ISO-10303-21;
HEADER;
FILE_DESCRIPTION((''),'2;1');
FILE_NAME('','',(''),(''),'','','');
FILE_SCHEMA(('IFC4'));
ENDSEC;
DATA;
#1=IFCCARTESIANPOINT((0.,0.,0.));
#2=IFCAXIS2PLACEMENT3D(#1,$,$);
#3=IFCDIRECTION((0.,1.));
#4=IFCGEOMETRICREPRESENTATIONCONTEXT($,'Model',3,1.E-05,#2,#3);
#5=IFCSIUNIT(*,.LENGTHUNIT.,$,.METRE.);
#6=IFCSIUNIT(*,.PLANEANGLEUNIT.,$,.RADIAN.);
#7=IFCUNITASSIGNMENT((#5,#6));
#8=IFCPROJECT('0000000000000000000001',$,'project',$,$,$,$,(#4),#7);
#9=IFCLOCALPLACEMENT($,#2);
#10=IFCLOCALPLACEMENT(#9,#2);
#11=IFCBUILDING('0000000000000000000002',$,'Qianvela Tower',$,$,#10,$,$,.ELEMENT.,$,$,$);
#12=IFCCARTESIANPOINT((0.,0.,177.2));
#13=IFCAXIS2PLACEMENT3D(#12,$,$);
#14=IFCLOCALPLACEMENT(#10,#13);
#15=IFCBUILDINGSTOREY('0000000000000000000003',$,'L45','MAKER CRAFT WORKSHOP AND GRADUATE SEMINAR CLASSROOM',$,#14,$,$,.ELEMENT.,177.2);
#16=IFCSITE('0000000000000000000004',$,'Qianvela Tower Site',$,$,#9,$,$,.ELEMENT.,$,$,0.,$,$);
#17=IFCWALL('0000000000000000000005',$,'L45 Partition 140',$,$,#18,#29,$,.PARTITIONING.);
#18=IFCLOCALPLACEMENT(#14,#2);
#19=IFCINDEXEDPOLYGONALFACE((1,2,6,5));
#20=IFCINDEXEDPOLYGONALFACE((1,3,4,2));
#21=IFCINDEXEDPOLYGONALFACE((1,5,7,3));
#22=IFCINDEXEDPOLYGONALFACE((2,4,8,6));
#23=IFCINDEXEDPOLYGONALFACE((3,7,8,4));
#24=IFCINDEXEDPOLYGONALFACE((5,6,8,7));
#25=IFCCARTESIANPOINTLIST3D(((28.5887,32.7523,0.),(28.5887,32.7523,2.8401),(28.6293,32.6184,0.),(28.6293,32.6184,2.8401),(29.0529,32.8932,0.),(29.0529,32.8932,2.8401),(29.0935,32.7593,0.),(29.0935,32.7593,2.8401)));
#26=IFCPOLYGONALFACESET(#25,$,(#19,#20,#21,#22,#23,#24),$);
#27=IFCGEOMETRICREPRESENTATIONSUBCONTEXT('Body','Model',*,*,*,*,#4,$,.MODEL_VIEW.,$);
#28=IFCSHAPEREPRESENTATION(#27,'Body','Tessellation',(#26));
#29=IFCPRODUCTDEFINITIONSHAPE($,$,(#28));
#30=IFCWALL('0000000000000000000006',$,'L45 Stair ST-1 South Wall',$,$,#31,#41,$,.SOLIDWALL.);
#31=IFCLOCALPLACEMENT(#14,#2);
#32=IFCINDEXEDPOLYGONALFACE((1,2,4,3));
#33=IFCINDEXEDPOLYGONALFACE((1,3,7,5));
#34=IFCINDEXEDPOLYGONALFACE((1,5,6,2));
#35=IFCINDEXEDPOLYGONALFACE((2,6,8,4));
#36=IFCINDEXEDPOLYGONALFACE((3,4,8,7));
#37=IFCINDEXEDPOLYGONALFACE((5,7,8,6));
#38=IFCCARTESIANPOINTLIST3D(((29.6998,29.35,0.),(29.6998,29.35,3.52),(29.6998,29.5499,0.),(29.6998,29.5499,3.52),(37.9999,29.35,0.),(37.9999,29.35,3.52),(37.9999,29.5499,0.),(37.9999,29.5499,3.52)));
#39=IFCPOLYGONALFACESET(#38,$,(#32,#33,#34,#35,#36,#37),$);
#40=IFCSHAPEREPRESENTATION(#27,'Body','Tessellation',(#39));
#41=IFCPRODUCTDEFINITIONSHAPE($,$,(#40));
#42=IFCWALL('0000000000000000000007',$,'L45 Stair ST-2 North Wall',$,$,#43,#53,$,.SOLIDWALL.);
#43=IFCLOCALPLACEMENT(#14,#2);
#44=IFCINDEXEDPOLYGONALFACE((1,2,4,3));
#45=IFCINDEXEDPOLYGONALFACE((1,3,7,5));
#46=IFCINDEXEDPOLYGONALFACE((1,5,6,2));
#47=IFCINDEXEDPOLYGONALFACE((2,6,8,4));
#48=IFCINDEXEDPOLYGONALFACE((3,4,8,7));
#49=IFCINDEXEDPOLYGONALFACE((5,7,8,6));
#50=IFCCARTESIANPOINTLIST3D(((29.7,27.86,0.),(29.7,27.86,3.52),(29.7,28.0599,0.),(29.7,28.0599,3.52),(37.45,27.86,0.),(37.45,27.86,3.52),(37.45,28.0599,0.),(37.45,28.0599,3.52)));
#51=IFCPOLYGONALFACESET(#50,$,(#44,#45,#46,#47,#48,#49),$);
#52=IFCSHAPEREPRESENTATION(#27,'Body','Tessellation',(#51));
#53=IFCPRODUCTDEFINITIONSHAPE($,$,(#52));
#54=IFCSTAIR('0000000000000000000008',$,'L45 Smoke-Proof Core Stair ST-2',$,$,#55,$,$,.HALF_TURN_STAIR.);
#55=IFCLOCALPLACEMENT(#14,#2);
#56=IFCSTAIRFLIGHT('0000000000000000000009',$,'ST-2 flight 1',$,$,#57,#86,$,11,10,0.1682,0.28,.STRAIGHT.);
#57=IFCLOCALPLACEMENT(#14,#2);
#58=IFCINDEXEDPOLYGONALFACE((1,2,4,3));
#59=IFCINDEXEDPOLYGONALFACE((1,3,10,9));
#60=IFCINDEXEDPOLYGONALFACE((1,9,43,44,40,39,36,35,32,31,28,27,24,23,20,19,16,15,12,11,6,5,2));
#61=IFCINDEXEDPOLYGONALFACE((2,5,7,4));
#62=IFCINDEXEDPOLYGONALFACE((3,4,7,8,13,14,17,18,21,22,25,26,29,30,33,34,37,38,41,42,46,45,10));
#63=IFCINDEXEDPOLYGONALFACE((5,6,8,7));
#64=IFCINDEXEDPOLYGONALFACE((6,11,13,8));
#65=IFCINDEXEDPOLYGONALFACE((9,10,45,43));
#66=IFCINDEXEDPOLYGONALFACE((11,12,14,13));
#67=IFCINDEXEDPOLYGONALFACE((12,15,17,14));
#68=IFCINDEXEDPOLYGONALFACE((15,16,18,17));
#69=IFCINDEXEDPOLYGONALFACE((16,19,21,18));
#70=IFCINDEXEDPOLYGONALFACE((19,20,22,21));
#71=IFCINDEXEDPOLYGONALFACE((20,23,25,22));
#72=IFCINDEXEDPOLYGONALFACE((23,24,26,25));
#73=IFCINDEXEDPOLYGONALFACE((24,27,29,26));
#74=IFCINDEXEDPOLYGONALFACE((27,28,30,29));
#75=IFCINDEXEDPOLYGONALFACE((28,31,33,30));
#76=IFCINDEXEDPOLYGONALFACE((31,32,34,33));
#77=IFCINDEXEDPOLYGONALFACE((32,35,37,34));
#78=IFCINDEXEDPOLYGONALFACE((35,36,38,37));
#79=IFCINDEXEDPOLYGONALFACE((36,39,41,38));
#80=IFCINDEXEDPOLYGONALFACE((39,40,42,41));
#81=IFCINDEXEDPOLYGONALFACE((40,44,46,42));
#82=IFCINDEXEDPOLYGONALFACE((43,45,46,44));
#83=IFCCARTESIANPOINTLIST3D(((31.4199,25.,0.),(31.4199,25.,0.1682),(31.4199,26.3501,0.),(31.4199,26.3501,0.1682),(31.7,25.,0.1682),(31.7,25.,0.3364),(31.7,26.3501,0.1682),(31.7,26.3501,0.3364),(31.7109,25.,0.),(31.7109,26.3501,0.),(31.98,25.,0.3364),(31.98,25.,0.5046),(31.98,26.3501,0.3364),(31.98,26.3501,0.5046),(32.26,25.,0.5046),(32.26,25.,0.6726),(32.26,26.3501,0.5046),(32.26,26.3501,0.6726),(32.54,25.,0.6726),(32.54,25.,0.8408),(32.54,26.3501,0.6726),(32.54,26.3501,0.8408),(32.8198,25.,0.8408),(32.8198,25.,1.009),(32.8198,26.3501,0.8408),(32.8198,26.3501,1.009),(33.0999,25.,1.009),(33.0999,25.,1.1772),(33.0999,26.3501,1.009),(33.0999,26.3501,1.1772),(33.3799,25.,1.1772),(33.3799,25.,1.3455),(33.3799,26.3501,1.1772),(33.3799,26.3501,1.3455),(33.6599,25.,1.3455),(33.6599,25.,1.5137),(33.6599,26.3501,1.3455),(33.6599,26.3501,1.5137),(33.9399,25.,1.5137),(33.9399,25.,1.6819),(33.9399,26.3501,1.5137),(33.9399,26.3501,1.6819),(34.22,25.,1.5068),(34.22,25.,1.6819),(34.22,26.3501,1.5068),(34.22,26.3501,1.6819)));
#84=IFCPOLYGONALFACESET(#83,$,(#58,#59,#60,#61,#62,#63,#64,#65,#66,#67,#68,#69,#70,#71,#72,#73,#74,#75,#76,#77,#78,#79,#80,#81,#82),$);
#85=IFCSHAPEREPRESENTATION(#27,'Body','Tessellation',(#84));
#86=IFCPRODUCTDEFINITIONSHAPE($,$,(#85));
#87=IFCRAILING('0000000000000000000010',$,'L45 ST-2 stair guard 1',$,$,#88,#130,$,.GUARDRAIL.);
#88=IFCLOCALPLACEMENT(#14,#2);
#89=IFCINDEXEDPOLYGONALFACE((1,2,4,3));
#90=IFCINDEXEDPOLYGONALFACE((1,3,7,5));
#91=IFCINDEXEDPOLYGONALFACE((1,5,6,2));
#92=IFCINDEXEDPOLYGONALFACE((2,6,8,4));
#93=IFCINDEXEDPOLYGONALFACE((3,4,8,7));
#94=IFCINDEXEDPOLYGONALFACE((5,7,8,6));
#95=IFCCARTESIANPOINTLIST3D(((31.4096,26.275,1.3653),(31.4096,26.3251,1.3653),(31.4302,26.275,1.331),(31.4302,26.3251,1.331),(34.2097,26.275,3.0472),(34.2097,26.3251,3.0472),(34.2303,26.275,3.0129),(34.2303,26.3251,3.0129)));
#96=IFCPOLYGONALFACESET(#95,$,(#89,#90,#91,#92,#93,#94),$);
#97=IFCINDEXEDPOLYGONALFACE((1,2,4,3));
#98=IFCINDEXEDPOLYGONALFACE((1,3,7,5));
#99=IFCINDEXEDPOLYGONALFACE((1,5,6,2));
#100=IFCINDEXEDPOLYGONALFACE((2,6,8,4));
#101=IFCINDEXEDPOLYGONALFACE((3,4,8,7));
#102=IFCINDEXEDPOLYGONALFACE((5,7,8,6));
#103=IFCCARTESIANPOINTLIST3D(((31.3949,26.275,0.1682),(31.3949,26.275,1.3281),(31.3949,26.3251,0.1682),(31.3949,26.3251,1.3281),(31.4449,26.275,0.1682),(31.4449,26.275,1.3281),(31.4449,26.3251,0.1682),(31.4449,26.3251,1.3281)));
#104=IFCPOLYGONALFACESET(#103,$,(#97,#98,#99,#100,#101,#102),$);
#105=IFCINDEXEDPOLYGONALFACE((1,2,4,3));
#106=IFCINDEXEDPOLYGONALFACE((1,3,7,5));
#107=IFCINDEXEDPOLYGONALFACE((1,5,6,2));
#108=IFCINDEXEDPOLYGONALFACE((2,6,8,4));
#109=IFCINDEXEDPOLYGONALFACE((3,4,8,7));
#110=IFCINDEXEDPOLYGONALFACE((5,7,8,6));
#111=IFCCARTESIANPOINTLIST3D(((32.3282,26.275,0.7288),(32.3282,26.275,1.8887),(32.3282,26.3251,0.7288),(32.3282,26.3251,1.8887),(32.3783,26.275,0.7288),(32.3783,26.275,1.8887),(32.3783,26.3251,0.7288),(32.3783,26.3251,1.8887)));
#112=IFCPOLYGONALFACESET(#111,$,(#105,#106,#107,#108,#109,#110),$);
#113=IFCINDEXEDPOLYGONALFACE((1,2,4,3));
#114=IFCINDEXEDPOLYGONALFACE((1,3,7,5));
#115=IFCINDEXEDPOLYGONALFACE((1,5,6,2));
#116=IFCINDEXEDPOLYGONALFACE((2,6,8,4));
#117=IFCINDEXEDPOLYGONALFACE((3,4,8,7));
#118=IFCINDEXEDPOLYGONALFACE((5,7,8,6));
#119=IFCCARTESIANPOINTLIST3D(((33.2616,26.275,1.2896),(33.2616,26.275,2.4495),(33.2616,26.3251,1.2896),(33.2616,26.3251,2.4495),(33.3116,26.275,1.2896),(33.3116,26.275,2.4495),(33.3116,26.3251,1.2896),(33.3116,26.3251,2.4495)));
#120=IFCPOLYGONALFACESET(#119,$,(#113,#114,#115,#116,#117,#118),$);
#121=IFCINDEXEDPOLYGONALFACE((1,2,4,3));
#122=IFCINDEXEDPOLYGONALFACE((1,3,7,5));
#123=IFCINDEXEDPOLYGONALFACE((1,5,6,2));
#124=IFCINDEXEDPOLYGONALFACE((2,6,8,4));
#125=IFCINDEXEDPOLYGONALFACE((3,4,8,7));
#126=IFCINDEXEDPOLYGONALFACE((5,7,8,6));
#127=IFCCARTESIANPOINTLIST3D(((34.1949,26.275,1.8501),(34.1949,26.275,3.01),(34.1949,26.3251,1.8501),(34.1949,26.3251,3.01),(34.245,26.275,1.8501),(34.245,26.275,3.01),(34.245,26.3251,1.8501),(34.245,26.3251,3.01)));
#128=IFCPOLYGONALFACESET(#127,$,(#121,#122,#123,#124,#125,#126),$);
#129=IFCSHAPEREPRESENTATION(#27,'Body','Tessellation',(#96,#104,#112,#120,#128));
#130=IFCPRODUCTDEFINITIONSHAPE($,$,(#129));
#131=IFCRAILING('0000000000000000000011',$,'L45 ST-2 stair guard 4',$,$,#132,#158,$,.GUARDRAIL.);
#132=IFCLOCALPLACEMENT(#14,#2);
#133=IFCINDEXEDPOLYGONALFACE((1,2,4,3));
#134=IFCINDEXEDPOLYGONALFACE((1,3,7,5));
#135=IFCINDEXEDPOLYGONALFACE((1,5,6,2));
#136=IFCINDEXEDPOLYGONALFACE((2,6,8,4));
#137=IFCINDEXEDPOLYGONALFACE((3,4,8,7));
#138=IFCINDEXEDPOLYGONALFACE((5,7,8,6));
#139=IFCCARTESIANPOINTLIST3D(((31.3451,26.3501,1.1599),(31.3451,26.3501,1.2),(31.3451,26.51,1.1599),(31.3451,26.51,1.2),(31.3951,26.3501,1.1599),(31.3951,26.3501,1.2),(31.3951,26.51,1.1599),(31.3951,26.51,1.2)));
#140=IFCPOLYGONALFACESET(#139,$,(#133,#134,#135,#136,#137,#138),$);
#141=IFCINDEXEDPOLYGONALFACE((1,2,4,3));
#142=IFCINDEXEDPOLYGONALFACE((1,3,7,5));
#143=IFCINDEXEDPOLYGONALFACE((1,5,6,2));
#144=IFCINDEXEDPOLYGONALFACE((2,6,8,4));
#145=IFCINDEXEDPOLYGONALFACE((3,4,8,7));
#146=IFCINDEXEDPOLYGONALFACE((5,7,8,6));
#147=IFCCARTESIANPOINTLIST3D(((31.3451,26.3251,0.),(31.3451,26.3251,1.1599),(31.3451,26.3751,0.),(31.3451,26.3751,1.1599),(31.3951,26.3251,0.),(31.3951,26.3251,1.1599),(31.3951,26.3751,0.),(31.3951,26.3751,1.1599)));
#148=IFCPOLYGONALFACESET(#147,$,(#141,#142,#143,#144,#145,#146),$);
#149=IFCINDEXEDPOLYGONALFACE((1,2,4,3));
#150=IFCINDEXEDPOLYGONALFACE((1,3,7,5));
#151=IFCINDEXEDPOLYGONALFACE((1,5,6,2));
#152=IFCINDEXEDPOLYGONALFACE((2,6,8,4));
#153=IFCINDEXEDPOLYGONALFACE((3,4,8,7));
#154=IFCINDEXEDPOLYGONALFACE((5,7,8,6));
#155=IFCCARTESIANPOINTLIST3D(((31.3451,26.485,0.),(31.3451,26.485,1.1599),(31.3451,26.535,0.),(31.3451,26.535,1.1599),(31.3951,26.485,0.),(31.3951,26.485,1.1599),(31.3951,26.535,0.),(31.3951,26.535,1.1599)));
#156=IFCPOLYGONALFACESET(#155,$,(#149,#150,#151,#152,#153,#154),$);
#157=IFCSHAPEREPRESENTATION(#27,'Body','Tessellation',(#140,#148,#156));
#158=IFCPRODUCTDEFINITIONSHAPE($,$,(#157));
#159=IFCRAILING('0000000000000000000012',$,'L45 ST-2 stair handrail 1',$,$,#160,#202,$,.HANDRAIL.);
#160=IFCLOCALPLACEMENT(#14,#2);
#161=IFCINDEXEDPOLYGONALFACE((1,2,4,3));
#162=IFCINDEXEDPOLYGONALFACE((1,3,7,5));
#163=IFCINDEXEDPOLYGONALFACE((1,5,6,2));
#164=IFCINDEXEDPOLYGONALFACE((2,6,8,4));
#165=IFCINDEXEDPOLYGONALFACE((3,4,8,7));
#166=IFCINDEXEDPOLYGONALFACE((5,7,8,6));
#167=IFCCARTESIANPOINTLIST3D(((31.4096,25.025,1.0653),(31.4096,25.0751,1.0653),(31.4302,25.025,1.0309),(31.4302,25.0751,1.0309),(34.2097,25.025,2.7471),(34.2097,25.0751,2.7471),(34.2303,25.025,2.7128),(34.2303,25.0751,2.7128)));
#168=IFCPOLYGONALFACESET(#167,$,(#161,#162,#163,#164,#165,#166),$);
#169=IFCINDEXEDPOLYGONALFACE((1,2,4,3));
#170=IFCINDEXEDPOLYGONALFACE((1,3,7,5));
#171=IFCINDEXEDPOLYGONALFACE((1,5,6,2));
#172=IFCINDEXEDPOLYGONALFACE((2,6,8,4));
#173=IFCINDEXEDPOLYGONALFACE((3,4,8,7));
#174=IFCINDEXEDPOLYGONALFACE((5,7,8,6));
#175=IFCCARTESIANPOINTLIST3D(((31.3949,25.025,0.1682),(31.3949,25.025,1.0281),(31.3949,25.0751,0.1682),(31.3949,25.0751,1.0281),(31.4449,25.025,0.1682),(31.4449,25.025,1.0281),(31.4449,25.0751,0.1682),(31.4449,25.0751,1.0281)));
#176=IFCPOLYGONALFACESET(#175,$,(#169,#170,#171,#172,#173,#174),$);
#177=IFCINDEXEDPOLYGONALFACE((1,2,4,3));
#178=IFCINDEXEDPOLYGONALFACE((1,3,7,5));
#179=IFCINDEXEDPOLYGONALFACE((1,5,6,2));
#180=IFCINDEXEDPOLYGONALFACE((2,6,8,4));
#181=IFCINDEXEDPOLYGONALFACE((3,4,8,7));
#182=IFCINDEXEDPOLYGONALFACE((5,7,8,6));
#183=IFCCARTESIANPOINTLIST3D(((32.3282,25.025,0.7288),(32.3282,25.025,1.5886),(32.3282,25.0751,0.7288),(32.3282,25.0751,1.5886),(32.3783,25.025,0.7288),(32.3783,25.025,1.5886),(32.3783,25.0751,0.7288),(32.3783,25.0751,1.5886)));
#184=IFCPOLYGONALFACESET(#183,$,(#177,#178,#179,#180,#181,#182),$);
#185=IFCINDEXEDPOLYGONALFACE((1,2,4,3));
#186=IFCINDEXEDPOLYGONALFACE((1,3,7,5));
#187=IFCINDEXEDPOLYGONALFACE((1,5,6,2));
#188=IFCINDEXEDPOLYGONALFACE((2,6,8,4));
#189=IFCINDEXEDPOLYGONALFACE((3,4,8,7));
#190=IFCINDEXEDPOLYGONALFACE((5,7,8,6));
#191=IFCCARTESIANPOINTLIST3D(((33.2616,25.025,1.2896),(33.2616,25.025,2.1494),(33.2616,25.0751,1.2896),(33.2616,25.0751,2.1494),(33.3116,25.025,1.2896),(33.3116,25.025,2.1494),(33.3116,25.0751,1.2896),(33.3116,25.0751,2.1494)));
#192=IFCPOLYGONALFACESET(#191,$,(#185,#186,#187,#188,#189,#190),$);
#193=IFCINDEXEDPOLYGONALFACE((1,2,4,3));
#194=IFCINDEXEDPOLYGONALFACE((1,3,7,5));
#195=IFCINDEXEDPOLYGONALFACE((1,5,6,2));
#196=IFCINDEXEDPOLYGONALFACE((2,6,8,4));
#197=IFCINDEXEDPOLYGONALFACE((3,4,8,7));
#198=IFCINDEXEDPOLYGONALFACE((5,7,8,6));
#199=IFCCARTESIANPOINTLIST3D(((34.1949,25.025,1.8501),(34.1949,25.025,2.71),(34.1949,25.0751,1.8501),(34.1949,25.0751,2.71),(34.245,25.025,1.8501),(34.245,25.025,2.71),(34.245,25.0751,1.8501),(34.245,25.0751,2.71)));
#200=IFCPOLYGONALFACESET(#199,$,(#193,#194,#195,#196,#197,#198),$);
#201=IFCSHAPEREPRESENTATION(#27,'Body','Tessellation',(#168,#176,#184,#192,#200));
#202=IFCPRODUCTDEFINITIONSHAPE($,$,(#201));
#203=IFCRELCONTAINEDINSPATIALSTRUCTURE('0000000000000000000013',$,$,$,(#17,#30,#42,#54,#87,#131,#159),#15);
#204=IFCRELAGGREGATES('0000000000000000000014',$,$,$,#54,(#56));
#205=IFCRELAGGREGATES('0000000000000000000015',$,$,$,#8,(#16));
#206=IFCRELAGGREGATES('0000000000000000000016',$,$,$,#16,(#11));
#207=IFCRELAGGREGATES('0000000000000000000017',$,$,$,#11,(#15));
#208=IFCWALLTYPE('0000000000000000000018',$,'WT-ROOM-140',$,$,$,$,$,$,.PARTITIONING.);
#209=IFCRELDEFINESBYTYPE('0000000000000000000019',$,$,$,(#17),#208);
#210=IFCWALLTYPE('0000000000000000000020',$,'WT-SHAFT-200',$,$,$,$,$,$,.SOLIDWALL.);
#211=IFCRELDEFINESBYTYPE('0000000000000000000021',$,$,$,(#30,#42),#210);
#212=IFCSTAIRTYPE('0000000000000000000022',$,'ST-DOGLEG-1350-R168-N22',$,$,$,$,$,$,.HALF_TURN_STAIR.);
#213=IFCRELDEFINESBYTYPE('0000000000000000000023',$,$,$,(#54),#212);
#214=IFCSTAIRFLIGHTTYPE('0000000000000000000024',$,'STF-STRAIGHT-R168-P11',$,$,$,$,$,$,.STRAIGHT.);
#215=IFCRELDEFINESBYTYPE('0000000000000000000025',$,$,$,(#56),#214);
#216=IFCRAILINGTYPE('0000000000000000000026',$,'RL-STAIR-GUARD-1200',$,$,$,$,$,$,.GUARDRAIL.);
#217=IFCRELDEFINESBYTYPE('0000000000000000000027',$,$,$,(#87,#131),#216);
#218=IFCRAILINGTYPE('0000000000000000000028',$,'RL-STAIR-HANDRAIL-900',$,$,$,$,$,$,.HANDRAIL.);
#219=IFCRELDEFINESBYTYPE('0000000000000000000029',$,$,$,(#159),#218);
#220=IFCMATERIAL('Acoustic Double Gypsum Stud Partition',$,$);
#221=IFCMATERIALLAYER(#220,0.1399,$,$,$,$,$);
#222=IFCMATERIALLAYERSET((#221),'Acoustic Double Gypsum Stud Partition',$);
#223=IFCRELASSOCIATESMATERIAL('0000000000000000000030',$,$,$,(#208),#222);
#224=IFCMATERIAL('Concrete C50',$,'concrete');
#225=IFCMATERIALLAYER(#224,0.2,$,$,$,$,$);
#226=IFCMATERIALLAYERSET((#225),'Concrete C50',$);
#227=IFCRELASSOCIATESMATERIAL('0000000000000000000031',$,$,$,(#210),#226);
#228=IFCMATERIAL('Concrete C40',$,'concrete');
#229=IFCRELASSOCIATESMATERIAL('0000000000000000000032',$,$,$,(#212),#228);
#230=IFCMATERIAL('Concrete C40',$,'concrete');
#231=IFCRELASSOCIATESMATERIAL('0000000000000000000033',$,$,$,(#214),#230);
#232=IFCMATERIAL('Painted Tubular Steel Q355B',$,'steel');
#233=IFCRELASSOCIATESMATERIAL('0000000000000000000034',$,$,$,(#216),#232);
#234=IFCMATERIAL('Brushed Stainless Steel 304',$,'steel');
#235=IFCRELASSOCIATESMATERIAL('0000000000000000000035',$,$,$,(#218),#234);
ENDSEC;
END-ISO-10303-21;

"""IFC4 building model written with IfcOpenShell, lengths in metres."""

from ifc_helpers import new_model, si_unit, direction, frame, frame_2d, origin, origin_2d, place, context, subcontext, project, spatial, polyline, rectangle, outline, extrude, material, layer, layer_set, type_object, element, aggregate, save


model = new_model("IFC4")

# Units and contexts
model_context = context("Model", 3, precision=1e-05, world=origin(), true_north=direction((0.0, 1.0)))
body_context = subcontext(model_context, "Body", "Model", "MODEL_VIEW")
ifc_project = project(units=[si_unit("LENGTHUNIT", "METRE"), si_unit("PLANEANGLEUNIT", "RADIAN")], contexts=[model_context])

# Site, building, storey
site_placement = place(None, origin())
site = spatial("IfcSite", under=ifc_project, at=site_placement, Name="Qianvela Tower Site", CompositionType="ELEMENT", RefElevation=0.0)
building_placement = place(site_placement, origin())
building = spatial("IfcBuilding", under=site, at=building_placement, Name="Qianvela Tower", CompositionType="ELEMENT")
storey_placement = place(building_placement, frame((0.0, 0.0, 177.2)))
storey = spatial("IfcBuildingStorey", under=building, at=storey_placement, Name="L45", Description="MAKER CRAFT WORKSHOP AND GRADUATE SEMINAR CLASSROOM", CompositionType="ELEMENT", Elevation=177.2)

# Walls
ifc_material_1 = material(Name="Acoustic Double Gypsum Stud Partition")
ifc_layer_1 = layer(ifc_material_1, 0.1399)
ifc_layer_set_1 = layer_set([ifc_layer_1], Name="Acoustic Double Gypsum Stud Partition")
wall_type_1 = type_object("IfcWallType", Name="WT-ROOM-140", PredefinedType="PARTITIONING", material=ifc_layer_set_1)
wall_1_placement = place(storey_placement, frame((28.6089, 32.6853, 0.0), z_axis=(0.0, 0.0, 1.0), x_axis=(0.956893, 0.29044, 0.0)))
element("IfcWall", 1, at=wall_1_placement, inside=storey, type_object=wall_type_1, Name="L45 Partition 140", PredefinedType="PARTITIONING", context=body_context, shape_type="SweptSolid", body=[
    extrude(rectangle(XDim=0.4851, YDim=0.1399, at=frame_2d((0.2427, 0.0))), origin(), (0.0, 0.0, 1.0), 2.8401),
])
ifc_material_2 = material(Name="Concrete C50", Category="concrete")
ifc_layer_2 = layer(ifc_material_2, 0.2)
ifc_layer_set_2 = layer_set([ifc_layer_2], Name="Concrete C50")
wall_type_2 = type_object("IfcWallType", Name="WT-SHAFT-200", PredefinedType="SOLIDWALL", material=ifc_layer_set_2)
wall_2_placement = place(storey_placement, frame((29.7, 29.45, 0.0), z_axis=(0.0, 0.0, 1.0), x_axis=(1.0, 0.0, 0.0)))
element("IfcWall", 2, at=wall_2_placement, inside=storey, type_object=wall_type_2, Name="L45 Stair ST-1 South Wall", PredefinedType="SOLIDWALL", context=body_context, shape_type="SweptSolid", body=[
    extrude(rectangle(XDim=8.3, YDim=0.2, at=frame_2d((4.1499, 0.0))), origin(), (0.0, 0.0, 1.0), 3.52),
])
wall_3_placement = place(storey_placement, frame((29.7, 27.96, 0.0), z_axis=(0.0, 0.0, 1.0), x_axis=(1.0, 0.0, 0.0)))
element("IfcWall", 3, at=wall_3_placement, inside=storey, type_object=wall_type_2, Name="L45 Stair ST-2 North Wall", PredefinedType="SOLIDWALL", context=body_context, shape_type="SweptSolid", body=[
    extrude(rectangle(XDim=7.75, YDim=0.2, at=frame_2d((3.875, 0.0))), origin(), (0.0, 0.0, 1.0), 3.52),
])

# Stair, stair flight
ifc_material_3 = material(Name="Concrete C40", Category="concrete")
stair_type = type_object("IfcStairType", Name="ST-DOGLEG-1350-R168-N22", PredefinedType="HALF_TURN_STAIR", material=ifc_material_3)
stair_placement = place(storey_placement, origin())
stair = element("IfcStair", 4, at=stair_placement, inside=storey, type_object=stair_type, Name="L45 Smoke-Proof Core Stair ST-2", PredefinedType="HALF_TURN_STAIR")
ifc_material_4 = material(Name="Concrete C40", Category="concrete")
stair_flight_type = type_object("IfcStairFlightType", Name="STF-STRAIGHT-R168-P11", PredefinedType="STRAIGHT", material=ifc_material_4)
stair_flight_placement = place(storey_placement, frame((31.4199, 25.675, 0.0), z_axis=(0.0, 0.0, 1.0), x_axis=(1.0, 0.0, 0.0)))
stair_flight = element("IfcStairFlight", 5, at=stair_flight_placement, type_object=stair_flight_type, Name="ST-2 flight 1", NumberOfRisers=11, NumberOfTreads=10, PredefinedType="STRAIGHT", RiserHeight=0.1682, TreadLength=0.28, context=body_context, shape_type="SweptSolid", body=[
    extrude(outline(polyline([(0.0, 0.0), (0.0, 0.1682), (0.28, 0.1682), (0.28, 0.3364), (0.5601, 0.3364), (0.5601, 0.5046), (0.8401, 0.5046), (0.8401, 0.6726), (1.1201, 0.6726), (1.1201, 0.8408), (1.3999, 0.8408), (1.3999, 1.009), (1.6799, 1.009), (1.6799, 1.1772), (1.96, 1.1772), (1.96, 1.3455), (2.24, 1.3455), (2.24, 1.5137), (2.52, 1.5137), (2.52, 1.6819), (2.8, 1.6819), (2.8, 1.8501), (2.8, 1.5068), (0.291, 0.0), (0.0, 0.0)])), frame((0.0, 0.675, 0.0), z_axis=(0.0, -1.0, 0.0), x_axis=(1.0, 0.0, 0.0)), (0.0, 0.0, 1.0), 1.3501),
])
aggregate(stair, [stair_flight])

# Railings
ifc_material_5 = material(Name="Painted Tubular Steel Q355B", Category="steel")
railing_type_1 = type_object("IfcRailingType", Name="RL-STAIR-GUARD-1200", PredefinedType="GUARDRAIL", material=ifc_material_5)
railing_1_placement = place(storey_placement, frame((31.4199, 26.3, 0.1682)))
element("IfcRailing", 6, at=railing_1_placement, inside=storey, type_object=railing_type_1, Name="L45 ST-2 stair guard 1", PredefinedType="GUARDRAIL", context=body_context, shape_type="SweptSolid", body=[
    extrude(rectangle(XDim=0.05, YDim=0.04, at=origin_2d()), frame((0.0, 0.0, 1.1799), z_axis=(0.857242, 0.0, 0.514913), x_axis=(0.0, 1.0, 0.0)), (0.0, 0.0, 1.0), 3.2664),
    extrude(rectangle(XDim=0.05, YDim=0.05, at=origin_2d()), origin(), (0.0, 0.0, 1.0), 1.1599),
    extrude(rectangle(XDim=0.05, YDim=0.05, at=origin_2d()), frame((0.9333, 0.0, 0.5605)), (0.0, 0.0, 1.0), 1.1599),
    extrude(rectangle(XDim=0.05, YDim=0.05, at=origin_2d()), frame((1.8667, 0.0, 1.1213)), (0.0, 0.0, 1.0), 1.1599),
    extrude(rectangle(XDim=0.05, YDim=0.05, at=origin_2d()), frame((2.8, 0.0, 1.6819)), (0.0, 0.0, 1.0), 1.1599),
])
railing_2_placement = place(storey_placement, frame((31.3701, 26.3501, 0.0)))
element("IfcRailing", 7, at=railing_2_placement, inside=storey, type_object=railing_type_1, Name="L45 ST-2 stair guard 4", PredefinedType="GUARDRAIL", context=body_context, shape_type="SweptSolid", body=[
    extrude(rectangle(XDim=0.05, YDim=0.04, at=origin_2d()), frame((0.0, 0.0, 1.1799), z_axis=(0.0, 1.0, 0.0), x_axis=(-1.0, 0.0, 0.0)), (0.0, 0.0, 1.0), 0.1599),
    extrude(rectangle(XDim=0.05, YDim=0.05, at=origin_2d()), origin(), (0.0, 0.0, 1.0), 1.1599),
    extrude(rectangle(XDim=0.05, YDim=0.05, at=origin_2d()), frame((0.0, 0.1599, 0.0)), (0.0, 0.0, 1.0), 1.1599),
])
ifc_material_6 = material(Name="Brushed Stainless Steel 304", Category="steel")
railing_type_2 = type_object("IfcRailingType", Name="RL-STAIR-HANDRAIL-900", PredefinedType="HANDRAIL", material=ifc_material_6)
railing_3_placement = place(storey_placement, frame((31.4199, 25.05, 0.1682)))
element("IfcRailing", 8, at=railing_3_placement, inside=storey, type_object=railing_type_2, Name="L45 ST-2 stair handrail 1", PredefinedType="HANDRAIL", context=body_context, shape_type="SweptSolid", body=[
    extrude(rectangle(XDim=0.05, YDim=0.04, at=origin_2d()), frame((0.0, 0.0, 0.8799), z_axis=(0.857242, 0.0, 0.514913), x_axis=(0.0, 1.0, 0.0)), (0.0, 0.0, 1.0), 3.2664),
    extrude(rectangle(XDim=0.05, YDim=0.05, at=origin_2d()), origin(), (0.0, 0.0, 1.0), 0.8599),
    extrude(rectangle(XDim=0.05, YDim=0.05, at=origin_2d()), frame((0.9333, 0.0, 0.5605)), (0.0, 0.0, 1.0), 0.8599),
    extrude(rectangle(XDim=0.05, YDim=0.05, at=origin_2d()), frame((1.8667, 0.0, 1.1213)), (0.0, 0.0, 1.0), 0.8599),
    extrude(rectangle(XDim=0.05, YDim=0.05, at=origin_2d()), frame((2.8, 0.0, 1.6819)), (0.0, 0.0, 1.0), 0.8599),
])

save(model, "model.ifc")
